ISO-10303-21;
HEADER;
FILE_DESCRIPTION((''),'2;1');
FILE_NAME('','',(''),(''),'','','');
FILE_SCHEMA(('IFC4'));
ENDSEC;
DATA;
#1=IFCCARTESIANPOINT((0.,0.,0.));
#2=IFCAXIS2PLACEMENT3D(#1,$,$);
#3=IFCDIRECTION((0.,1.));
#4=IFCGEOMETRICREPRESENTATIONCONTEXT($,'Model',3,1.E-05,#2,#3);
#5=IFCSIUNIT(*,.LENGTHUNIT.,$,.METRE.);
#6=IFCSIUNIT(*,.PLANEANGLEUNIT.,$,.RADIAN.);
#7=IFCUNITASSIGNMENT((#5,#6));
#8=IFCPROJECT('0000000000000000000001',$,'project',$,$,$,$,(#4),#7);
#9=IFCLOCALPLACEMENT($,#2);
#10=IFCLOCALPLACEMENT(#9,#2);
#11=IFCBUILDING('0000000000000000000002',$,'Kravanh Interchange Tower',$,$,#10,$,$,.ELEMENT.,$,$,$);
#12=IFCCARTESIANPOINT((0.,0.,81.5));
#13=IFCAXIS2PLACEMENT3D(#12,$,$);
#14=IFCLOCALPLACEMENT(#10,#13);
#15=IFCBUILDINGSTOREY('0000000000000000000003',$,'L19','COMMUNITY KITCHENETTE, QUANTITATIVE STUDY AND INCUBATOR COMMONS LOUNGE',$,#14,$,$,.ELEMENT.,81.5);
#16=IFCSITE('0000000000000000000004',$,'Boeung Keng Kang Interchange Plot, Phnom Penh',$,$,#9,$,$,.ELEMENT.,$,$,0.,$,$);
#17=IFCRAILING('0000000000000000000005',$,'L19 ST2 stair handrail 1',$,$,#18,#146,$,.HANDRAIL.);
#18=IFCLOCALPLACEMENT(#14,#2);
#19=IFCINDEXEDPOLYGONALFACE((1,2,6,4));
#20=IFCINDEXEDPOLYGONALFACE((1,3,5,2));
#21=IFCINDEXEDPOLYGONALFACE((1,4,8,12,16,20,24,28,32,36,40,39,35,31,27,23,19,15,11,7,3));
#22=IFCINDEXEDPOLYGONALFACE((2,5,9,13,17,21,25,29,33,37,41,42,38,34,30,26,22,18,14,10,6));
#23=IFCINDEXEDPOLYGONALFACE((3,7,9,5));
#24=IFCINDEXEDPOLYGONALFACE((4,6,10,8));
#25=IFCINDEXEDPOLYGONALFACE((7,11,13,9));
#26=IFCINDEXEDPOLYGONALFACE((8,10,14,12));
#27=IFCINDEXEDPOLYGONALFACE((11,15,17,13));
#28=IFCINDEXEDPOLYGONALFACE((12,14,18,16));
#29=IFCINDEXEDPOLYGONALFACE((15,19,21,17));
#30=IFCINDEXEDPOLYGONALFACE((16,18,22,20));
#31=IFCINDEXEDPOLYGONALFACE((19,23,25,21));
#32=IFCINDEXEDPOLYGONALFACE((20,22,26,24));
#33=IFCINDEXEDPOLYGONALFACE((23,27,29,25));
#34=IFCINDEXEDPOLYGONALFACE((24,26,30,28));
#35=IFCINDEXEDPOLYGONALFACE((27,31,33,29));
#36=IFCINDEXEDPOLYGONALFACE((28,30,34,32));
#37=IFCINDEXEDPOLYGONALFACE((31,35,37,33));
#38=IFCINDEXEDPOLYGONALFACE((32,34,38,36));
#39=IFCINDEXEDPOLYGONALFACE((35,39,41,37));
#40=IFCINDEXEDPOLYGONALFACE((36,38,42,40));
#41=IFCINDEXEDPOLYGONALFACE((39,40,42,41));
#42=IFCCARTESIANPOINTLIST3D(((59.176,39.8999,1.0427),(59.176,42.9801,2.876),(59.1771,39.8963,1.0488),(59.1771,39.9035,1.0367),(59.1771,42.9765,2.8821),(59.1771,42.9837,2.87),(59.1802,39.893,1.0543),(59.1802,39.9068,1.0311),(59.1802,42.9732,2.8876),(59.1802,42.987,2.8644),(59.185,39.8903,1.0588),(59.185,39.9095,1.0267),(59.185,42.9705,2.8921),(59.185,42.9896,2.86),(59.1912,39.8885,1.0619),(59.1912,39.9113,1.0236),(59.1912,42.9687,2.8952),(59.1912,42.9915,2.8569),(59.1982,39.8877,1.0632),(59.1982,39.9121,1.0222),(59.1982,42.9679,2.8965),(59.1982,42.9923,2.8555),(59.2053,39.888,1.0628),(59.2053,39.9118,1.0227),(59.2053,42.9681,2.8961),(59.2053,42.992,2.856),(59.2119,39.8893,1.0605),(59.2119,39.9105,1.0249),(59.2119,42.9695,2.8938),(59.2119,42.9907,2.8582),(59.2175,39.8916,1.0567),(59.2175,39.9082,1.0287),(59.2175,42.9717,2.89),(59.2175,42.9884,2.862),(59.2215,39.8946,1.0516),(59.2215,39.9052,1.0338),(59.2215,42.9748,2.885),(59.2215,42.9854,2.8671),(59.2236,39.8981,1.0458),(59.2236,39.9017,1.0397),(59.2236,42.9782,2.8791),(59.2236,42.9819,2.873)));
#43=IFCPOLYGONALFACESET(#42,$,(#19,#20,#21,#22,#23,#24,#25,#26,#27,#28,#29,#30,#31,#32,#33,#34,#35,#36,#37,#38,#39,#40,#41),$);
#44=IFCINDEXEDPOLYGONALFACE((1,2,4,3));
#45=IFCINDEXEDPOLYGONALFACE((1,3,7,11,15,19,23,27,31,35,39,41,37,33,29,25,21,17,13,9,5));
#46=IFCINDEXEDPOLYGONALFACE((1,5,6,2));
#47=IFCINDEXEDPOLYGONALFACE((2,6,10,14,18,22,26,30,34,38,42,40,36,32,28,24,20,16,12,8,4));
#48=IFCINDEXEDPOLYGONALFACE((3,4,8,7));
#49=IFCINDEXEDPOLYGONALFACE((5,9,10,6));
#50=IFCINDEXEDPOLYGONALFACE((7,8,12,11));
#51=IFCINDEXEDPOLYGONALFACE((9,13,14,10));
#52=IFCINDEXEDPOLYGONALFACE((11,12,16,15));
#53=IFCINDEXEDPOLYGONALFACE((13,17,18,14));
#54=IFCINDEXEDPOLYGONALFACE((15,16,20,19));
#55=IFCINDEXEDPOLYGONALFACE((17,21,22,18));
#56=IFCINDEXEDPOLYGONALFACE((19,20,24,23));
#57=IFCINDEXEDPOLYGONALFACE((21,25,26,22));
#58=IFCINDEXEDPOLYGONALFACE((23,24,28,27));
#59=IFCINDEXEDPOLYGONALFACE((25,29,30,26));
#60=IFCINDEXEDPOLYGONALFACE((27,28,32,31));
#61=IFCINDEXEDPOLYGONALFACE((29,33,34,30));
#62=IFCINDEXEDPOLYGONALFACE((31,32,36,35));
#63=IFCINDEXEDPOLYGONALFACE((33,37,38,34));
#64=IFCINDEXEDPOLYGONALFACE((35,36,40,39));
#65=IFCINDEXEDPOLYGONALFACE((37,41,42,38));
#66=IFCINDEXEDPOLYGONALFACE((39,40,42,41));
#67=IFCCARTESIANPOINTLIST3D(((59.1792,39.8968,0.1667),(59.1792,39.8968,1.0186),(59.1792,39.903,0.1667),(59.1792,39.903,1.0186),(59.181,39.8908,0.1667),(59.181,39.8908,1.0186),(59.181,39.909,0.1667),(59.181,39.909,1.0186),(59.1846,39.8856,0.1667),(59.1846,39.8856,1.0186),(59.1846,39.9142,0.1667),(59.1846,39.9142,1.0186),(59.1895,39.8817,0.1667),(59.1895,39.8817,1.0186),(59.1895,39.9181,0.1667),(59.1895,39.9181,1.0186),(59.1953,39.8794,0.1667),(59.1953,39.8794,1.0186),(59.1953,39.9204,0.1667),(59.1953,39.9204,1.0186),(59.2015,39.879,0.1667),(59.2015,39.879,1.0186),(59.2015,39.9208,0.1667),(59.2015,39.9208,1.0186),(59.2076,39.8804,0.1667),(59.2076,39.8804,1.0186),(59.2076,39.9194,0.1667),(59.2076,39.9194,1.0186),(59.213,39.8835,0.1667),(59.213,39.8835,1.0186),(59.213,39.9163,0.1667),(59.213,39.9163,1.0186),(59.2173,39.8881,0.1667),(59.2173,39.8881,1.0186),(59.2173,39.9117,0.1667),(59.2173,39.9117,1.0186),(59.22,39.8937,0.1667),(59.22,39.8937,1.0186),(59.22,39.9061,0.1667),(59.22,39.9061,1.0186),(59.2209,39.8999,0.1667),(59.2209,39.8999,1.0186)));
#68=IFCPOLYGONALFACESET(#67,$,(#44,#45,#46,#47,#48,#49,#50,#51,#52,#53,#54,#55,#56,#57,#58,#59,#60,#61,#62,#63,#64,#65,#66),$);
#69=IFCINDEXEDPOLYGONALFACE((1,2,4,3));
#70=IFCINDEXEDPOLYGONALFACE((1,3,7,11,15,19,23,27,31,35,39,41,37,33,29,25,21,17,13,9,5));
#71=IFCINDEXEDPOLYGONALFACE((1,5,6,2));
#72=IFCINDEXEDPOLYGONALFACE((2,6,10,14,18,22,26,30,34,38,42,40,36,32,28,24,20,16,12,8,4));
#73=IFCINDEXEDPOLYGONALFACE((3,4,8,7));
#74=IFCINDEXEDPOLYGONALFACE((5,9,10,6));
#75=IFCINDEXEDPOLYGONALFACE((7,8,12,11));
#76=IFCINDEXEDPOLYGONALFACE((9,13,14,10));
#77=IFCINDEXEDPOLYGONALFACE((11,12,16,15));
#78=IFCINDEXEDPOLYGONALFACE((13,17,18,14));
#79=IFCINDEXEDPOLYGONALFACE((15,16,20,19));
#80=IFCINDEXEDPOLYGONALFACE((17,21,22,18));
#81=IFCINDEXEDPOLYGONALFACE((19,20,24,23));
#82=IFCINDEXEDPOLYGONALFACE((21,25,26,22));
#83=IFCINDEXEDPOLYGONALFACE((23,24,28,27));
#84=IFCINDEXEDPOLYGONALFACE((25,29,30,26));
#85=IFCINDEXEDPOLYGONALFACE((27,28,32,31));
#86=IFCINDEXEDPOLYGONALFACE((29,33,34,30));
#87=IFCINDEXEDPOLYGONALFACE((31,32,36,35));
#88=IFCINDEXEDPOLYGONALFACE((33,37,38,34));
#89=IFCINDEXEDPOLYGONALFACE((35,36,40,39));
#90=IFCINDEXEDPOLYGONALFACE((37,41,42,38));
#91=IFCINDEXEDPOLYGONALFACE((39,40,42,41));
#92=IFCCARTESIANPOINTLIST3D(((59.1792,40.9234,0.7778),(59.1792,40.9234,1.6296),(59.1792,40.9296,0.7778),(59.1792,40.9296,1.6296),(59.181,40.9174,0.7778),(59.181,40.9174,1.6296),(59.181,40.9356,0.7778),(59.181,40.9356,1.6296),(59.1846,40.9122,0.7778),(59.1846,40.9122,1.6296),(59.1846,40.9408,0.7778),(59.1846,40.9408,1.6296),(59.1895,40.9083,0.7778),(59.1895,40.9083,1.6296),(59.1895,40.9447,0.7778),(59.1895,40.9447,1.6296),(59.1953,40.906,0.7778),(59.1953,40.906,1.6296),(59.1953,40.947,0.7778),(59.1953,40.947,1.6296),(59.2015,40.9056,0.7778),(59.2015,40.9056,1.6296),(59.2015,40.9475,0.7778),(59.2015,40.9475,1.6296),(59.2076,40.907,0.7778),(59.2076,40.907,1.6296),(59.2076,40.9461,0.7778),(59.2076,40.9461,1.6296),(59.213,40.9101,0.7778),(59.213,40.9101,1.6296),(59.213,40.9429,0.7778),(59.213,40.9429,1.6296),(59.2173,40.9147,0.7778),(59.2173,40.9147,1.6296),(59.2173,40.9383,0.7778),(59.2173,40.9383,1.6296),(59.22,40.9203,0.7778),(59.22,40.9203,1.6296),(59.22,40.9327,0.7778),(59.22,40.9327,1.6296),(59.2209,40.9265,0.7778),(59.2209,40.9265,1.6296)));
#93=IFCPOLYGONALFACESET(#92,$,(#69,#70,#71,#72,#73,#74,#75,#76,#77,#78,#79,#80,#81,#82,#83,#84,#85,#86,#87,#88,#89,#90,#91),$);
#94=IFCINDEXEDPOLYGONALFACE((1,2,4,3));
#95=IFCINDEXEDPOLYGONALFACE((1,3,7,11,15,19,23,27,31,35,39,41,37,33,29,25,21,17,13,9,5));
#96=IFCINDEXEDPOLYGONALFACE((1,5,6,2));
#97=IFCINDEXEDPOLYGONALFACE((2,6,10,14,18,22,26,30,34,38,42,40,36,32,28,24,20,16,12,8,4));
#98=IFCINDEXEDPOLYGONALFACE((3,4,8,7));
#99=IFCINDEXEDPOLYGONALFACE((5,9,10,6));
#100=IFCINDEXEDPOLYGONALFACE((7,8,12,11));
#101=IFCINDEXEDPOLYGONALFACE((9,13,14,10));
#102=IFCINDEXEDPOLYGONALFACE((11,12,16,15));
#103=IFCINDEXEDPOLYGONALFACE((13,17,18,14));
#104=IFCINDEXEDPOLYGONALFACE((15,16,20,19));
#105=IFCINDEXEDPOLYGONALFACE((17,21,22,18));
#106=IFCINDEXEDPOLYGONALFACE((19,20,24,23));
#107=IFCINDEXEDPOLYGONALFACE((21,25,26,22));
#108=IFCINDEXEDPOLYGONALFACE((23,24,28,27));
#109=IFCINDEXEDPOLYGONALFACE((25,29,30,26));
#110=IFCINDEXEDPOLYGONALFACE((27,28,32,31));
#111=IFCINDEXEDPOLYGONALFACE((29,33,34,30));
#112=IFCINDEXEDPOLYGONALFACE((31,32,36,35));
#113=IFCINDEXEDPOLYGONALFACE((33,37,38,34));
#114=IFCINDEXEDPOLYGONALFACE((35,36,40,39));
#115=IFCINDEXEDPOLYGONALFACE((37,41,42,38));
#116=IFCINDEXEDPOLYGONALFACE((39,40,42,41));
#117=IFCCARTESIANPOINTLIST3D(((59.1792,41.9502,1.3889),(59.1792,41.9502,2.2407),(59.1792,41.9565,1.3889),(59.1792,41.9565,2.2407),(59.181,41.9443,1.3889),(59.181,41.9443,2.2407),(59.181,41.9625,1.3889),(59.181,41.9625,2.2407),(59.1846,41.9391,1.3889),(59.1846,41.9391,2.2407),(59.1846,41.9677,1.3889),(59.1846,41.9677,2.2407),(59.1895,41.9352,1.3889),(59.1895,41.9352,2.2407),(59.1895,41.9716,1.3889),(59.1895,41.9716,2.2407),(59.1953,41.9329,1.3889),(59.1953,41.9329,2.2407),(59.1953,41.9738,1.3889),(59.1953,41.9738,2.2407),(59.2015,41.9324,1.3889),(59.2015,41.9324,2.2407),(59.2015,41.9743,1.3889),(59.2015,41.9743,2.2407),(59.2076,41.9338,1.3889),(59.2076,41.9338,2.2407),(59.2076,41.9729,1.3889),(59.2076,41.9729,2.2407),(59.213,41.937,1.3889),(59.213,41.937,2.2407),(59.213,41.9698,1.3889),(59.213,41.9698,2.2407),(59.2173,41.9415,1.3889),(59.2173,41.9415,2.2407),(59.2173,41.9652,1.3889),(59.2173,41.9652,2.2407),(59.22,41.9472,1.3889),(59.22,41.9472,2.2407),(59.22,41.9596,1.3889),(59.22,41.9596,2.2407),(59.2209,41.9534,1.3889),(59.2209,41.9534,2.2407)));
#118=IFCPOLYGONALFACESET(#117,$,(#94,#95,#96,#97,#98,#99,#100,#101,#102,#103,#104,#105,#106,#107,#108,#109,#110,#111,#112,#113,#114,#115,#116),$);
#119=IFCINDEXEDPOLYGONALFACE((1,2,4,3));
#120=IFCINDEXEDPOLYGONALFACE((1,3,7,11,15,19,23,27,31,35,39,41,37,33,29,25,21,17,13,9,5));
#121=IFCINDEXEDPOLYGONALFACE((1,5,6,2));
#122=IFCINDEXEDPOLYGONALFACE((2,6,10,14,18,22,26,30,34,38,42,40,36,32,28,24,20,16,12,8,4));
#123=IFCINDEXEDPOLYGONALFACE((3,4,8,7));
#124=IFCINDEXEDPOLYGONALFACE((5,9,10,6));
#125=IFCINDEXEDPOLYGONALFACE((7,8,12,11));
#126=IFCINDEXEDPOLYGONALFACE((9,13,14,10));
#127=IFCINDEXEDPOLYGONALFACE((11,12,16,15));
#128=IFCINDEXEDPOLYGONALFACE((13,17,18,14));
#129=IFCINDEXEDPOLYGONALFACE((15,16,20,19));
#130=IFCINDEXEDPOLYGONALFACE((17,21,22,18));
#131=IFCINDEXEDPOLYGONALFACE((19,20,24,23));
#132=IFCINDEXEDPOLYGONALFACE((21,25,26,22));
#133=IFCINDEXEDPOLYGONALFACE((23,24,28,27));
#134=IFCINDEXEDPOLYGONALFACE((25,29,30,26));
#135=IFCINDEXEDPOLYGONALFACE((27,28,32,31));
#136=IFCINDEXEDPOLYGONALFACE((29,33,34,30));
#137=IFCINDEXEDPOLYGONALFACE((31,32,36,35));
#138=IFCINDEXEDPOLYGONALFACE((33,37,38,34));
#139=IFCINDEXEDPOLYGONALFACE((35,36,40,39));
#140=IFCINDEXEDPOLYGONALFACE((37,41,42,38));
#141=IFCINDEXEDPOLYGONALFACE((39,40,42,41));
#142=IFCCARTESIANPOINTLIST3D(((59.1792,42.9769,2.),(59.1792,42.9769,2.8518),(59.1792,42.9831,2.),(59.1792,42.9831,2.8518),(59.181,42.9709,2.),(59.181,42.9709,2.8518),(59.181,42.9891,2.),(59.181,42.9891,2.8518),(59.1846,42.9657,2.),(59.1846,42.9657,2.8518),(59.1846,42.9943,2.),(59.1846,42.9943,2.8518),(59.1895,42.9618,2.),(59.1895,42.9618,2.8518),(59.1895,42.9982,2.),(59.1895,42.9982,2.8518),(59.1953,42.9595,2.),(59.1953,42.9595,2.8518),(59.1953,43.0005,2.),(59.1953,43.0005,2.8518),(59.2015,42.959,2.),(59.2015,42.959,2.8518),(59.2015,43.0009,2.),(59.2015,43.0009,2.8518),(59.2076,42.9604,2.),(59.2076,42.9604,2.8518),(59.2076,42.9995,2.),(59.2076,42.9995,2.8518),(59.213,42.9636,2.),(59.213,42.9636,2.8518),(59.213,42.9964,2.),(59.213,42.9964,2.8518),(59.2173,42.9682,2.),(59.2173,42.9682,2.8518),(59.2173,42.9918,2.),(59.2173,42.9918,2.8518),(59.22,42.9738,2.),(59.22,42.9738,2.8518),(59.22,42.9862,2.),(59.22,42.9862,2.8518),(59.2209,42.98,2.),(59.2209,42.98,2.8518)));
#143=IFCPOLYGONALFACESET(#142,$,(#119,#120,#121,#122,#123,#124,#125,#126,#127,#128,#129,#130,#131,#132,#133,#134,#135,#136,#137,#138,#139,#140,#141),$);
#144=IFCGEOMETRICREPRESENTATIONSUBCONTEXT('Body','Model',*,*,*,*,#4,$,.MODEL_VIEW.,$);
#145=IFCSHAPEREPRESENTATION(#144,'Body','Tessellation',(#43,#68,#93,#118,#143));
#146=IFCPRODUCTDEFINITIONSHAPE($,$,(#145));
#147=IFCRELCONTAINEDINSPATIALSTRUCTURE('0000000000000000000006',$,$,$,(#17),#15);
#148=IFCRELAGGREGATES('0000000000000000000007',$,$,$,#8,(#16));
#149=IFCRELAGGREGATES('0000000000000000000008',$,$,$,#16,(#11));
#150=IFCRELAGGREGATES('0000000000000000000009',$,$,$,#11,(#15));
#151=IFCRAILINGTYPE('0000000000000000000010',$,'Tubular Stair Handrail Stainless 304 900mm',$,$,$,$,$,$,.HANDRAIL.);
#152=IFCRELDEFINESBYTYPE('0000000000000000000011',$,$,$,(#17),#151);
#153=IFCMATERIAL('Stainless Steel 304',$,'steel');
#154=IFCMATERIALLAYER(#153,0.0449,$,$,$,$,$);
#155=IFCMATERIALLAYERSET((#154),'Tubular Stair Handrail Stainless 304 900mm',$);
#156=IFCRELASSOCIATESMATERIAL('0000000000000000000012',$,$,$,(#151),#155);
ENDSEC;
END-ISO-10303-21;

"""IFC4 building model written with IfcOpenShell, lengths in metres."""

from ifc_helpers import new_model, si_unit, direction, frame, origin, origin_2d, place, context, subcontext, project, spatial, circle, extrude, material, layer, layer_set, type_object, element, save


model = new_model("IFC4")

# Units and contexts
model_context = context("Model", 3, precision=1e-05, world=origin(), true_north=direction((0.0, 1.0)))
body_context = subcontext(model_context, "Body", "Model", "MODEL_VIEW")
ifc_project = project(units=[si_unit("LENGTHUNIT", "METRE"), si_unit("PLANEANGLEUNIT", "RADIAN")], contexts=[model_context])

# Site, building, storey
site_placement = place(None, origin())
site = spatial("IfcSite", under=ifc_project, at=site_placement, Name="Boeung Keng Kang Interchange Plot, Phnom Penh", CompositionType="ELEMENT", RefElevation=0.0)
building_placement = place(site_placement, origin())
building = spatial("IfcBuilding", under=site, at=building_placement, Name="Kravanh Interchange Tower", CompositionType="ELEMENT")
storey_placement = place(building_placement, frame((0.0, 0.0, 81.5)))
storey = spatial("IfcBuildingStorey", under=building, at=storey_placement, Name="L19", Description="COMMUNITY KITCHENETTE, QUANTITATIVE STUDY AND INCUBATOR COMMONS LOUNGE", CompositionType="ELEMENT", Elevation=81.5)

# Railing
ifc_material_1 = material(Name="Stainless Steel 304", Category="steel")
ifc_layer_1 = layer(ifc_material_1, 0.0449)
ifc_layer_set_1 = layer_set([ifc_layer_1], Name="Tubular Stair Handrail Stainless 304 900mm")
railing_type_1 = type_object("IfcRailingType", Name="Tubular Stair Handrail Stainless 304 900mm", PredefinedType="HANDRAIL", material=ifc_layer_set_1)
railing_1_placement = place(storey_placement, frame((59.2, 39.8999, 0.1667)))
element("IfcRailing", 1, at=railing_1_placement, inside=storey, type_object=railing_type_1, Name="L19 ST2 stair handrail 1", PredefinedType="HANDRAIL", context=body_context, shape_type="SweptSolid", body=[
    extrude(circle(Radius=0.0239, at=origin_2d()), frame((0.0, 0.0, 0.876), z_axis=(0.0, 0.859309, 0.511458), x_axis=(-1.0, 0.0, 0.0)), (0.0, 0.0, 1.0), 3.5845),
    extrude(circle(Radius=0.021, at=origin_2d()), origin(), (0.0, 0.0, 1.0), 0.8518),
    extrude(circle(Radius=0.021, at=origin_2d()), frame((0.0, 1.0266, 0.6111)), (0.0, 0.0, 1.0), 0.8518),
    extrude(circle(Radius=0.021, at=origin_2d()), frame((0.0, 2.0535, 1.2222)), (0.0, 0.0, 1.0), 0.8518),
    extrude(circle(Radius=0.021, at=origin_2d()), frame((0.0, 3.0801, 1.8333)), (0.0, 0.0, 1.0), 0.8518),
])

save(model, "model.ifc")
